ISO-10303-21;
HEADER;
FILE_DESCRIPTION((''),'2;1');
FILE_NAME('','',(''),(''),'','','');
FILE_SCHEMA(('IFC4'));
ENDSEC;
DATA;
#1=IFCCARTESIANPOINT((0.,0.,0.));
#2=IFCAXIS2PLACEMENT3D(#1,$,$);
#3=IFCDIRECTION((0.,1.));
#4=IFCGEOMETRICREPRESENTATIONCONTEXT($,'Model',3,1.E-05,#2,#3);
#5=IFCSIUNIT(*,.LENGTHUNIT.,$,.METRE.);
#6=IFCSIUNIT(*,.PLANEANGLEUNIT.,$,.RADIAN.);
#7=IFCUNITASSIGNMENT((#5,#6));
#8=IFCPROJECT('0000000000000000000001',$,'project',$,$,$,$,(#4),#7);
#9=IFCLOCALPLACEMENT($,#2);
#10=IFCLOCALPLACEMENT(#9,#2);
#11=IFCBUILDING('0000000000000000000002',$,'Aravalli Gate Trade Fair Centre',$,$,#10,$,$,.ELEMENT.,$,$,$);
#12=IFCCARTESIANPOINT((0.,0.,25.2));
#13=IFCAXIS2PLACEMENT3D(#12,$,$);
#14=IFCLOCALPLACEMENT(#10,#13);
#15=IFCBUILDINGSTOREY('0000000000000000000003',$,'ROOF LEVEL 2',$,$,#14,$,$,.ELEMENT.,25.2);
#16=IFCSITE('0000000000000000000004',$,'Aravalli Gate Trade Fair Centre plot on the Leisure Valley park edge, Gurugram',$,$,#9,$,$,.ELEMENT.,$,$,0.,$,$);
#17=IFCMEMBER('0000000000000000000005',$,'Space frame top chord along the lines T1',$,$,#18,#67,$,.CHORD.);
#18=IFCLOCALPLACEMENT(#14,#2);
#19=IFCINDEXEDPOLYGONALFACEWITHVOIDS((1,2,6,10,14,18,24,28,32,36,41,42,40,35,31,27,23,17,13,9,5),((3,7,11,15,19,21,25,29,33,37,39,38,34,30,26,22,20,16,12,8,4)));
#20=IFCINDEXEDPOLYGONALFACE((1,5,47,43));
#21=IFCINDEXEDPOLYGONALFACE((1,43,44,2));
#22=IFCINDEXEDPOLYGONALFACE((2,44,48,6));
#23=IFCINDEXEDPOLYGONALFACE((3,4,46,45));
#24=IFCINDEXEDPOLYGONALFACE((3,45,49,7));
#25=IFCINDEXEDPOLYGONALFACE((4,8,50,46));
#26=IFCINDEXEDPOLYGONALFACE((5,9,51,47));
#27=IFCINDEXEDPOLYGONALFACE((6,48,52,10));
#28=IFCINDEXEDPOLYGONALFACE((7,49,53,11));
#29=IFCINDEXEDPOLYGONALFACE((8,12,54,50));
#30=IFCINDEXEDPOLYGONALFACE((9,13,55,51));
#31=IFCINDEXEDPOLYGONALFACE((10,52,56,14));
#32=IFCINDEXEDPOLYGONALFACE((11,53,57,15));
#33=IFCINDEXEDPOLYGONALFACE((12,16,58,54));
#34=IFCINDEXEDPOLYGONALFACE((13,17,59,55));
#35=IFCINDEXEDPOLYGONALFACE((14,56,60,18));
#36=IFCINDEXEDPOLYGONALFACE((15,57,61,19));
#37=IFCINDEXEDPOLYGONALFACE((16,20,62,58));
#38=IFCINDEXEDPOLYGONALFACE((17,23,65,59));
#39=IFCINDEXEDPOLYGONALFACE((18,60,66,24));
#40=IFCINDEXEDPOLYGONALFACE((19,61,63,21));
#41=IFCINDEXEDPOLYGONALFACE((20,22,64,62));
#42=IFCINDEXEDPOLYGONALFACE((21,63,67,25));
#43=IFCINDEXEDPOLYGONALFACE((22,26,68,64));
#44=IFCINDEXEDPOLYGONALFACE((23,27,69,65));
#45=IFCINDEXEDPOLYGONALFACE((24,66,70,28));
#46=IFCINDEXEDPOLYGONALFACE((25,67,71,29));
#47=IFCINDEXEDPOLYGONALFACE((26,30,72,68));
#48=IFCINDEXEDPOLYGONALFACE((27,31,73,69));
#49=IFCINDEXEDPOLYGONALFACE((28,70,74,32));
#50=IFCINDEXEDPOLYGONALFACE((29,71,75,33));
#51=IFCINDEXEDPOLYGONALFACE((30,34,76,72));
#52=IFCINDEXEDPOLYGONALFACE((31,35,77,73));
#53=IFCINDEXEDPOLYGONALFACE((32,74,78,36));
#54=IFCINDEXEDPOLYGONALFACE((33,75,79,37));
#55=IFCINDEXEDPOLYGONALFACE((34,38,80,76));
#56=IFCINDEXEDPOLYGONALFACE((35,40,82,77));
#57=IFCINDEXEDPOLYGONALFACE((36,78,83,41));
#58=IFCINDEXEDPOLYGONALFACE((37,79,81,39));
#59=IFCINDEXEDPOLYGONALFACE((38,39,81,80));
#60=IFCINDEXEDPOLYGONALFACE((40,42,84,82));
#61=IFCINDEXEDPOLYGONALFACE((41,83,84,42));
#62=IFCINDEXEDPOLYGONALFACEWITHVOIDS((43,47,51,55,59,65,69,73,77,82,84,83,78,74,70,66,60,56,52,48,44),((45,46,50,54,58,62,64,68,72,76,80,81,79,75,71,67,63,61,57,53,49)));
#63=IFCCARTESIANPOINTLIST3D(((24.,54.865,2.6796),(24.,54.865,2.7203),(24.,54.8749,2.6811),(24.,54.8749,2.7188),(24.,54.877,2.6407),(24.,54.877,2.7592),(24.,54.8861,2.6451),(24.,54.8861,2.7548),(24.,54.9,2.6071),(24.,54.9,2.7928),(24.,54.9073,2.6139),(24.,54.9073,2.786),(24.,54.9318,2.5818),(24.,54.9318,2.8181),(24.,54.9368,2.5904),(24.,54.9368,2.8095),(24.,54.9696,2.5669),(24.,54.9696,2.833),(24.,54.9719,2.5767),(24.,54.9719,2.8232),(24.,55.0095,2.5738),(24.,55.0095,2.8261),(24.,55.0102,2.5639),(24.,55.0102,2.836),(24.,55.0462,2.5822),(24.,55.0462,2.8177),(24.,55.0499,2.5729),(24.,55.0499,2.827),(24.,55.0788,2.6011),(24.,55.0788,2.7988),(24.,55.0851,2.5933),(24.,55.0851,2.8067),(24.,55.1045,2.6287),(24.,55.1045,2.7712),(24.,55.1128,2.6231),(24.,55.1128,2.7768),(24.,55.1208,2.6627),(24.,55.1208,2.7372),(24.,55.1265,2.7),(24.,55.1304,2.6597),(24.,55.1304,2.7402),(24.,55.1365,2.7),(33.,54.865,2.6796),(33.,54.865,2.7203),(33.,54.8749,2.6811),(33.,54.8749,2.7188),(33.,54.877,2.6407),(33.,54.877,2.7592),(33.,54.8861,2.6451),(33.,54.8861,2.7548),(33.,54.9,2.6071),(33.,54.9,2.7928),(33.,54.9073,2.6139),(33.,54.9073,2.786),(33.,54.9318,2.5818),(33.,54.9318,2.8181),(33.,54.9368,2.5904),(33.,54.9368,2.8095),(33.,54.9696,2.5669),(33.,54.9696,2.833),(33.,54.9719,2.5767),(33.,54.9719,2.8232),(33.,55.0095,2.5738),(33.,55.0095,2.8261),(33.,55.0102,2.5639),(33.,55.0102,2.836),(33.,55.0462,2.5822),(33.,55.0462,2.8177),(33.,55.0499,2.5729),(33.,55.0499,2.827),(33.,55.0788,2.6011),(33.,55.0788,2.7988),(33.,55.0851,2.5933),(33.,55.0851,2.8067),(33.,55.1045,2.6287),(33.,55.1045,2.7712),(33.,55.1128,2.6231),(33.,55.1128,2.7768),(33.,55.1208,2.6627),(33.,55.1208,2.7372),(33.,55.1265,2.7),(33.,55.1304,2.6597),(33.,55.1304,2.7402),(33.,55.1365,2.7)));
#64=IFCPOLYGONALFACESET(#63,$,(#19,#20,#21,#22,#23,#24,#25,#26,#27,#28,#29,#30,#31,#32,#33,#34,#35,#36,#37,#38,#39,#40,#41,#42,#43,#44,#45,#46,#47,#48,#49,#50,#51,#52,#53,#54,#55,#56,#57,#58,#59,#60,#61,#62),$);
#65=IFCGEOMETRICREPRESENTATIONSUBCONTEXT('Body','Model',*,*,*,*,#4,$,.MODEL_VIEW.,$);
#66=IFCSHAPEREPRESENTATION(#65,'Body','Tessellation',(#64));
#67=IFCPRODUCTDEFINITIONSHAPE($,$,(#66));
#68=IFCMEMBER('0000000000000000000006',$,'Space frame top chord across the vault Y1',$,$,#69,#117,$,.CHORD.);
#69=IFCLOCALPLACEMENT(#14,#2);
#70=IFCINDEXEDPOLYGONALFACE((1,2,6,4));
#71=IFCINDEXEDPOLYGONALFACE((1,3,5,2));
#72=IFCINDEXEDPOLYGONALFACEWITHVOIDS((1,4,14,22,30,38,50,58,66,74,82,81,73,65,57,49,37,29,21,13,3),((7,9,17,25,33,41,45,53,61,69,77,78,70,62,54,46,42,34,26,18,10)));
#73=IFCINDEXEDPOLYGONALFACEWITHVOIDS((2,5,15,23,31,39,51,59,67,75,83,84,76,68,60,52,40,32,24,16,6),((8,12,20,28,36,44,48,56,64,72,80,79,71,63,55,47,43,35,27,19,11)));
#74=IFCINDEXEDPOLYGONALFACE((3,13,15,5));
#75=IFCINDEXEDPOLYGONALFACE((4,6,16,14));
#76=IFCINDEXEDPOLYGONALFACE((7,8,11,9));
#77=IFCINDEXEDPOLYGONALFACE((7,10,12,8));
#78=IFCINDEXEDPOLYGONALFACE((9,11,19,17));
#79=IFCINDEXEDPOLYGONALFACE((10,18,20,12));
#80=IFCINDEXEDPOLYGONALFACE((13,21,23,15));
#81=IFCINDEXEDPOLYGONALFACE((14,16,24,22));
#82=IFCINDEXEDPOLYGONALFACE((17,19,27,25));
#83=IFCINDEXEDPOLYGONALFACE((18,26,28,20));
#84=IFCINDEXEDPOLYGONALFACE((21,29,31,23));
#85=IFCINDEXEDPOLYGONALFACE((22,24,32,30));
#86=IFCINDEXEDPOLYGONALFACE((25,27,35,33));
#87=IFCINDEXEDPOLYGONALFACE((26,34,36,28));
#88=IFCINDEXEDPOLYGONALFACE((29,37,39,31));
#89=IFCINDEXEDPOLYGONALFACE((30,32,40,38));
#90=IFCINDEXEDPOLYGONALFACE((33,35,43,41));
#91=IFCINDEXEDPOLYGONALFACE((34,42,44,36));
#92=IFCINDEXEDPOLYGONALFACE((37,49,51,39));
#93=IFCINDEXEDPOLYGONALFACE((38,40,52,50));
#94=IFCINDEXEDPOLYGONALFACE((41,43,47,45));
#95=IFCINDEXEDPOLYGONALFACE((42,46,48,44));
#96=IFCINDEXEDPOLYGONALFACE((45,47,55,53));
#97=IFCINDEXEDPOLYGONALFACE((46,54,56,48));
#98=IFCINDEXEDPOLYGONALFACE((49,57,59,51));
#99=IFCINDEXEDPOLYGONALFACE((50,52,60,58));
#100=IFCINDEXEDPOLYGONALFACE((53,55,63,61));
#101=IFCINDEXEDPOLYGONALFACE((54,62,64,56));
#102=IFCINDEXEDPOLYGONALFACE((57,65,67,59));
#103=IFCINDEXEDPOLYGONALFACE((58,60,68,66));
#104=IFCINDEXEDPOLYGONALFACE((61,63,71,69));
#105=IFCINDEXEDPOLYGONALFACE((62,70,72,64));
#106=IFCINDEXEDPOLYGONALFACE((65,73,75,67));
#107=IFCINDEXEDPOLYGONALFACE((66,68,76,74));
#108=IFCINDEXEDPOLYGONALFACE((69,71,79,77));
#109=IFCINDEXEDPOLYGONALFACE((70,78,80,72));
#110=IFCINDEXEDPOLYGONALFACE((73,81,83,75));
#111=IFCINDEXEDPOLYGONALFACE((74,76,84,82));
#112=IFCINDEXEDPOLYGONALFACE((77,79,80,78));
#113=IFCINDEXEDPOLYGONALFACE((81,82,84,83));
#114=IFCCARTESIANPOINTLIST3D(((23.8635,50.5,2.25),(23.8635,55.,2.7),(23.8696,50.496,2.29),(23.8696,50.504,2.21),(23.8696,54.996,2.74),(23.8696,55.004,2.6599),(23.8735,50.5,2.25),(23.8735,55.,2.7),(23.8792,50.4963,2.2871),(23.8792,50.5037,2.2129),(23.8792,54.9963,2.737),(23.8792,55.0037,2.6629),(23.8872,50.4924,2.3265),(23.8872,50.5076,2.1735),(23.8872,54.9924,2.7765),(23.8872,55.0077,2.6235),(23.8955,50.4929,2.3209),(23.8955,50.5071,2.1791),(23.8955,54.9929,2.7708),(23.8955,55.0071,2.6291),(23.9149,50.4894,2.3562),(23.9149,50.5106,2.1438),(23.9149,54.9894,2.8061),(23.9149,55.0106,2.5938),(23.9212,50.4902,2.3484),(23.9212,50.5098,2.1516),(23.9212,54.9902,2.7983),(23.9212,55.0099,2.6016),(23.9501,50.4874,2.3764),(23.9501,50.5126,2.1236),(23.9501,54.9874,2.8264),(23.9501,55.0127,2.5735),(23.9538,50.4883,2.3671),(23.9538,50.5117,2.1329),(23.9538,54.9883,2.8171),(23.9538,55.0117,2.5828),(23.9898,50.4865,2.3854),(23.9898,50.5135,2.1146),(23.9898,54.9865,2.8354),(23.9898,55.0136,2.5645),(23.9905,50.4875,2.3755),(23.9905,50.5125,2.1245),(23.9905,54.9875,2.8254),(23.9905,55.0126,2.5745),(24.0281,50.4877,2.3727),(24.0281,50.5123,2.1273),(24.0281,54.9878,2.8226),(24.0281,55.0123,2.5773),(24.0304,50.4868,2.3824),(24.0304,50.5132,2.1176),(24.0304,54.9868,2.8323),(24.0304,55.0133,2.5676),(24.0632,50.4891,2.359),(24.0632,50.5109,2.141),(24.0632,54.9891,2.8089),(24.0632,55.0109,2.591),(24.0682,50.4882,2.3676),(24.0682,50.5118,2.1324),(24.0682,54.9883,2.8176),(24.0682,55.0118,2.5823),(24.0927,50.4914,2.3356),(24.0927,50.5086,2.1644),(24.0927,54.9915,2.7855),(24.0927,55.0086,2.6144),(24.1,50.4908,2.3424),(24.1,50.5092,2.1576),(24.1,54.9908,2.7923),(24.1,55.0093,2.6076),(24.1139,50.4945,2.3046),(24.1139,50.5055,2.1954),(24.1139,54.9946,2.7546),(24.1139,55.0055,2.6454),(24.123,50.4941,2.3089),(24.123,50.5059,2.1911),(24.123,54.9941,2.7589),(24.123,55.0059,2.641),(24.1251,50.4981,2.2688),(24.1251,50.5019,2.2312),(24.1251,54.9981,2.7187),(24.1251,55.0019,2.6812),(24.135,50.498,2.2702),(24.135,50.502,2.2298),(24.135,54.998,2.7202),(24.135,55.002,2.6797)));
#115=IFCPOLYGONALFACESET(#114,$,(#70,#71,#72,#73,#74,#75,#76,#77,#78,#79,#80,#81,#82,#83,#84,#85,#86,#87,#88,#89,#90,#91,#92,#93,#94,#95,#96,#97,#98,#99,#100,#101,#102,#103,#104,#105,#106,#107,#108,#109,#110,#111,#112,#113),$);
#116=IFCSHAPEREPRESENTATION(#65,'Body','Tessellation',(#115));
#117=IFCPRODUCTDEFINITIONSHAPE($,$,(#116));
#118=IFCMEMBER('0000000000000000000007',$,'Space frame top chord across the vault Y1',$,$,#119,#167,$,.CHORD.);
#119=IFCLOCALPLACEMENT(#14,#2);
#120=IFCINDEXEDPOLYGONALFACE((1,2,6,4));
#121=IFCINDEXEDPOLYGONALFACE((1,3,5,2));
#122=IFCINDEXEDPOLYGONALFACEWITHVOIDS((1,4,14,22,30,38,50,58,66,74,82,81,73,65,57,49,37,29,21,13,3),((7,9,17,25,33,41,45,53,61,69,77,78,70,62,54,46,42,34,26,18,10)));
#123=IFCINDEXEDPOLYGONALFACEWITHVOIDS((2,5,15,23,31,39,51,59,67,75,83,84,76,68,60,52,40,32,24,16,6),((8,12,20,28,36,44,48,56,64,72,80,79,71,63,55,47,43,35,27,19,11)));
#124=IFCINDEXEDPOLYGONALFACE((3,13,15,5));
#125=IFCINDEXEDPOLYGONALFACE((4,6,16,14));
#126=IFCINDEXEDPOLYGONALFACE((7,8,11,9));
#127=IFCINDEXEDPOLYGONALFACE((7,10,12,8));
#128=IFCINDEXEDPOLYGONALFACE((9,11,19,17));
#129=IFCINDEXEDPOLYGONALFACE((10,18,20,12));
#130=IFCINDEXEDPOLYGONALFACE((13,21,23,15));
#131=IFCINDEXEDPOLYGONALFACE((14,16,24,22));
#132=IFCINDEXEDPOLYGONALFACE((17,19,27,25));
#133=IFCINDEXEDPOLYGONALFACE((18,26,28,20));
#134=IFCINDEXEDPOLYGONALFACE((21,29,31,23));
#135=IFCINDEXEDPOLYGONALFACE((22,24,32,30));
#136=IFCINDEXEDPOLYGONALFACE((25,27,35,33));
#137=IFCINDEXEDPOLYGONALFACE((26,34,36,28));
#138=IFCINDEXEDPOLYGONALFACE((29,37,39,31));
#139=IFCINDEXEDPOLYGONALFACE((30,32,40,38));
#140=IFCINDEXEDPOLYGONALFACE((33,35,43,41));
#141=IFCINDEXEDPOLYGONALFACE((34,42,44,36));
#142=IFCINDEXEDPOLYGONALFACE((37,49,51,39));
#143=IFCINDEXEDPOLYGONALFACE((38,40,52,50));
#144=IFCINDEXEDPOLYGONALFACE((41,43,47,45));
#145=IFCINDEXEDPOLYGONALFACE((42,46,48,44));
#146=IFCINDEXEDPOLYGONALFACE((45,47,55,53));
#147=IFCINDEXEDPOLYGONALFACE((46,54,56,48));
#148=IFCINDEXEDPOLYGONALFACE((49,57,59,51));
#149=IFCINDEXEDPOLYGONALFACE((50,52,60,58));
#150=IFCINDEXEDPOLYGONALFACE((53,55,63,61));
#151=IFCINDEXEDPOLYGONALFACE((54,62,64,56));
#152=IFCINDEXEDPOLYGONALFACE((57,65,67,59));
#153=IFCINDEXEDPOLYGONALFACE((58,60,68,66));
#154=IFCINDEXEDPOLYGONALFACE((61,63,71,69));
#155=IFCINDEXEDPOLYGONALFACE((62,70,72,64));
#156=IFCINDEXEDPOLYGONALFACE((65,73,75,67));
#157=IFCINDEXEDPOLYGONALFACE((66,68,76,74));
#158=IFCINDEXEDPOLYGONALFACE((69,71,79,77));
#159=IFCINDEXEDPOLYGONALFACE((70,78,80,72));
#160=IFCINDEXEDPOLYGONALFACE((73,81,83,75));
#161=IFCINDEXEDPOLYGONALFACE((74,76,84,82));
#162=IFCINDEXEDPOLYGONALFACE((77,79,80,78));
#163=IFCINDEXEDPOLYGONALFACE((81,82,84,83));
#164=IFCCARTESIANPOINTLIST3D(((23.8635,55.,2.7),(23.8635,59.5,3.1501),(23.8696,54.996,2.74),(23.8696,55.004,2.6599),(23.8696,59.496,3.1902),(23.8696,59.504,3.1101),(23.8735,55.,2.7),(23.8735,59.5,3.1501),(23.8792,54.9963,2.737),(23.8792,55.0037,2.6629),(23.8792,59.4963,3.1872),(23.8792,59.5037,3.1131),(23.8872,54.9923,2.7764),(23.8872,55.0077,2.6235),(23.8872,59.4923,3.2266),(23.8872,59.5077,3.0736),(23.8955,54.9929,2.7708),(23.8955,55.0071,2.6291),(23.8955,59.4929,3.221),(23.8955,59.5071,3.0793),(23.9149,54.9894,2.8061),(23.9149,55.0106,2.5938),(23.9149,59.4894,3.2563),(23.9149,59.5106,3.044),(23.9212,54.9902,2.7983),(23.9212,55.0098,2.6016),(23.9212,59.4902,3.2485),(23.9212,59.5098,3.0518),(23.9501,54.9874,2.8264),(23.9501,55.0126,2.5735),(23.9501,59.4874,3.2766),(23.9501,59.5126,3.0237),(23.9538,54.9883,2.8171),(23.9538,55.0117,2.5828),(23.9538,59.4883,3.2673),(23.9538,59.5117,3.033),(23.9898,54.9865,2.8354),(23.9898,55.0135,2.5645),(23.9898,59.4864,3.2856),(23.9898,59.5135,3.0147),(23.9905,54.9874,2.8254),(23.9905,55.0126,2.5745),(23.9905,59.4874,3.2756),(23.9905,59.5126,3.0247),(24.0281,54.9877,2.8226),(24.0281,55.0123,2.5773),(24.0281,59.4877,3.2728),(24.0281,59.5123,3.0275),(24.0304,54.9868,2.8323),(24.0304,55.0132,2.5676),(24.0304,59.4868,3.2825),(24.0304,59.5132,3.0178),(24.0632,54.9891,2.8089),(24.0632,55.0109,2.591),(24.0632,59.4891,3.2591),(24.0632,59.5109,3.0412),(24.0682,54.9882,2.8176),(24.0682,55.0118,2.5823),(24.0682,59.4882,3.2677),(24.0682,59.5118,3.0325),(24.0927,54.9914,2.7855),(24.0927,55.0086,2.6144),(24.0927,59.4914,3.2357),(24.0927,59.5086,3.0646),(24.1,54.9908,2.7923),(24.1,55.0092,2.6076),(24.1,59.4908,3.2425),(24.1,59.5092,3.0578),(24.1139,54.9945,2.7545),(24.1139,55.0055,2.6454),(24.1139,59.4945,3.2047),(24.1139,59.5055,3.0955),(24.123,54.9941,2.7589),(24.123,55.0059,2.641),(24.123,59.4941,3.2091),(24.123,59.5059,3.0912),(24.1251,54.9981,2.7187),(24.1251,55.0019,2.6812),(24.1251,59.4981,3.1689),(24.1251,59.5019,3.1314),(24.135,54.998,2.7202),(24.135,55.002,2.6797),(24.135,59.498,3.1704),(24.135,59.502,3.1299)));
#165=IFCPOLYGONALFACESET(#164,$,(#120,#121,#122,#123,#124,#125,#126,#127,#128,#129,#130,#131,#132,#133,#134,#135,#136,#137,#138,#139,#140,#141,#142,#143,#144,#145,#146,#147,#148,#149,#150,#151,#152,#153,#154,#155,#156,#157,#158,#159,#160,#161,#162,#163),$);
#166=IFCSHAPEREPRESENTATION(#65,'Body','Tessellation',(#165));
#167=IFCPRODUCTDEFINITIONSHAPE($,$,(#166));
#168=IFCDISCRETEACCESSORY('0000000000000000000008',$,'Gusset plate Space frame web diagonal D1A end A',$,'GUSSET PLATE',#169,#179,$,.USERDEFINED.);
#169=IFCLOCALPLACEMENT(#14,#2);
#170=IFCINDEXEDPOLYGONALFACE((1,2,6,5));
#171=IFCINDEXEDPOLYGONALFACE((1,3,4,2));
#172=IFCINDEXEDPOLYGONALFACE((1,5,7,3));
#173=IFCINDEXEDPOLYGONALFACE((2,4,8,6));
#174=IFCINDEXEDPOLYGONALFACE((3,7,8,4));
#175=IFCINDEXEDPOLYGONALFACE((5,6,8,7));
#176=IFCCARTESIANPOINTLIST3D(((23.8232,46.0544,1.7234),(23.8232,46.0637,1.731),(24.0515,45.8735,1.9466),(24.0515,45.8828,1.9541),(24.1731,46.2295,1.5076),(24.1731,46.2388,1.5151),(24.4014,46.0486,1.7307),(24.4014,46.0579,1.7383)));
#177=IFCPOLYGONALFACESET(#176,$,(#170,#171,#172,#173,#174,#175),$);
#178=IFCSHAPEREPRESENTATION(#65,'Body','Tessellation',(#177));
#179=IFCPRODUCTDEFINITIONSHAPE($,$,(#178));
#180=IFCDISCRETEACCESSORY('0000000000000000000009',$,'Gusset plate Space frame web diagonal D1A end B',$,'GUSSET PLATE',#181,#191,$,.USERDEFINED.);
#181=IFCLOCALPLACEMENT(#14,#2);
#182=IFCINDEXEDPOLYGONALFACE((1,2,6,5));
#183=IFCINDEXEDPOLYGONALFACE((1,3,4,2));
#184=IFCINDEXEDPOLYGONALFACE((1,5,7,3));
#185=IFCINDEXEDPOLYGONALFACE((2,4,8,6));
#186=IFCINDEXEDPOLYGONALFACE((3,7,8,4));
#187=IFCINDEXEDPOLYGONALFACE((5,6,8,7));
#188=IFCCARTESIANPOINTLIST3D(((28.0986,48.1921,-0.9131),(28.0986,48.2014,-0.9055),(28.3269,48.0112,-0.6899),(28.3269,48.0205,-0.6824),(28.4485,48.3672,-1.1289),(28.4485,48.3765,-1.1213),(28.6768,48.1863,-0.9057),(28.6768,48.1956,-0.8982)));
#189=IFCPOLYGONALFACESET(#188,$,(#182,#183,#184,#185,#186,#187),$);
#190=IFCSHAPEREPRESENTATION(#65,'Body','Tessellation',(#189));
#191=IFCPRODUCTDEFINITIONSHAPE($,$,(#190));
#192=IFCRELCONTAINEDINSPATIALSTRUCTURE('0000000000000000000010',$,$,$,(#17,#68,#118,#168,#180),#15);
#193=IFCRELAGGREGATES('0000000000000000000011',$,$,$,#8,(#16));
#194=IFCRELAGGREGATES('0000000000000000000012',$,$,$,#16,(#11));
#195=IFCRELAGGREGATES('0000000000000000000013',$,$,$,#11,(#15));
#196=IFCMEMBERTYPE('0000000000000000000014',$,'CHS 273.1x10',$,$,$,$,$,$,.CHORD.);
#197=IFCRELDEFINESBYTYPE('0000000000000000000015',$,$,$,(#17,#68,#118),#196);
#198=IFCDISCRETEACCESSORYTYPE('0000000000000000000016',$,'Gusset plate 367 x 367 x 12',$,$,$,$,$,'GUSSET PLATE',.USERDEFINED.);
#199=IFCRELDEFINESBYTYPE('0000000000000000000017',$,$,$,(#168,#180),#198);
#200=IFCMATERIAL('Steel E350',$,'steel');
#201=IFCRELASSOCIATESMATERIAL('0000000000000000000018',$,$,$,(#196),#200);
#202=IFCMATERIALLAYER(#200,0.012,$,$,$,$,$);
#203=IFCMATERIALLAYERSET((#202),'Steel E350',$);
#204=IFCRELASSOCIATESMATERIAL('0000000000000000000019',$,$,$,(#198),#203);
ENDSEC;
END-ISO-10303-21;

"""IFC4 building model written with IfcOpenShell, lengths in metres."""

from ifc_helpers import new_model, si_unit, direction, frame, origin, origin_2d, place, context, subcontext, project, spatial, polyline, hollow_circle, outline, extrude, material, layer, layer_set, material_profile, profile_set, type_object, element, save


model = new_model("IFC4")

# Units and contexts
model_context = context("Model", 3, precision=1e-05, world=origin(), true_north=direction((0.0, 1.0)))
body_context = subcontext(model_context, "Body", "Model", "MODEL_VIEW")
ifc_project = project(units=[si_unit("LENGTHUNIT", "METRE"), si_unit("PLANEANGLEUNIT", "RADIAN")], contexts=[model_context])

# Site, building, storey
site_placement = place(None, origin())
site = spatial("IfcSite", under=ifc_project, at=site_placement, Name="Aravalli Gate Trade Fair Centre plot on the Leisure Valley park edge, Gurugram", CompositionType="ELEMENT", RefElevation=0.0)
building_placement = place(site_placement, origin())
building = spatial("IfcBuilding", under=site, at=building_placement, Name="Aravalli Gate Trade Fair Centre", CompositionType="ELEMENT")
storey_placement = place(building_placement, frame((0.0, 0.0, 25.2)))
storey = spatial("IfcBuildingStorey", under=building, at=storey_placement, Name="ROOF LEVEL 2", CompositionType="ELEMENT", Elevation=25.2)

# Members
ifc_material = material(Name="Steel E350", Category="steel")
ifc_material_profile_1 = material_profile(ifc_material, hollow_circle(Radius=0.1365, WallThickness=0.01, at=origin_2d()), Name="CHS 273.1x10")
ifc_profile_set_1 = profile_set([ifc_material_profile_1], Name="Steel E350")
member_type_1 = type_object("IfcMemberType", Name="CHS 273.1x10", PredefinedType="CHORD", material=ifc_profile_set_1)
for number, where, z_axis, x_axis, name in (
    (1, (24.0, 55.0, 2.7), (1.0, 0.0, 0.0), (0.0, 1.0, 0.0), "Space frame top chord along the lines T1"),
):
    element("IfcMember", number, at=place(storey_placement, frame(where, z_axis=z_axis, x_axis=x_axis)), inside=storey, type_object=member_type_1, Name=name, PredefinedType="CHORD", context=body_context, shape_type="SweptSolid", body=[
        extrude(hollow_circle(Radius=0.1365, WallThickness=0.01, at=origin_2d()), origin(), (0.0, 0.0, 1.0), 9.0),
    ])
for number, where, z_axis, x_axis, name in (
    (2, (24.0, 50.5, 2.25), (0.0, 0.995038, 0.099493), (-1.0, 0.0, 0.0), "Space frame top chord across the vault Y1"),
    (3, (24.0, 55.0, 2.7), (0.0, 0.995033, 0.099546), (-1.0, 0.0, 0.0), "Space frame top chord across the vault Y1"),
):
    element("IfcMember", number, at=place(storey_placement, frame(where, z_axis=z_axis, x_axis=x_axis)), inside=storey, type_object=member_type_1, Name=name, PredefinedType="CHORD", context=body_context, shape_type="SweptSolid", body=[
        extrude(hollow_circle(Radius=0.1365, WallThickness=0.01, at=origin_2d()), origin(), (0.0, 0.0, 1.0), 4.5225),
    ])

# Discrete accessories
ifc_layer = layer(ifc_material, 0.012)
ifc_layer_set = layer_set([ifc_layer], Name="Steel E350")
discrete_accessory_type = type_object("IfcDiscreteAccessoryType", Name="Gusset plate 367 x 367 x 12", ElementType="GUSSET PLATE", PredefinedType="USERDEFINED", material=ifc_layer_set)
discrete_accessory_1_placement = place(storey_placement, frame((24.1731, 46.2388, 1.5151), z_axis=(-0.000107, 0.776736, 0.629826), x_axis=(-0.783044, -0.391795, 0.48305)))
element("IfcDiscreteAccessory", 4, at=discrete_accessory_1_placement, inside=storey, type_object=discrete_accessory_type, Name="Gusset plate Space frame web diagonal D1A end A", ObjectType="GUSSET PLATE", PredefinedType="USERDEFINED", context=body_context, shape_type="SweptSolid", body=[
    extrude(outline(polyline([(0.0, 0.0), (0.4468, 0.0), (0.4467, 0.3669), (-0.0001, 0.3669), (0.0, 0.0)])), origin(), (0.0, 0.0, -1.0), 0.012),
])
discrete_accessory_2_placement = place(storey_placement, frame((28.0986, 48.2014, -0.9055), z_axis=(-0.000107, 0.776736, 0.629826), x_axis=(0.783044, 0.391795, -0.48305)))
element("IfcDiscreteAccessory", 5, at=discrete_accessory_2_placement, inside=storey, type_object=discrete_accessory_type, Name="Gusset plate Space frame web diagonal D1A end B", ObjectType="GUSSET PLATE", PredefinedType="USERDEFINED", context=body_context, shape_type="SweptSolid", body=[
    extrude(outline(polyline([(0.0, 0.0), (0.4468, 0.0), (0.4469, -0.3669), (0.0001, -0.3669), (0.0, 0.0)])), origin(), (0.0, 0.0, -1.0), 0.012),
])

save(model, "model.ifc")
